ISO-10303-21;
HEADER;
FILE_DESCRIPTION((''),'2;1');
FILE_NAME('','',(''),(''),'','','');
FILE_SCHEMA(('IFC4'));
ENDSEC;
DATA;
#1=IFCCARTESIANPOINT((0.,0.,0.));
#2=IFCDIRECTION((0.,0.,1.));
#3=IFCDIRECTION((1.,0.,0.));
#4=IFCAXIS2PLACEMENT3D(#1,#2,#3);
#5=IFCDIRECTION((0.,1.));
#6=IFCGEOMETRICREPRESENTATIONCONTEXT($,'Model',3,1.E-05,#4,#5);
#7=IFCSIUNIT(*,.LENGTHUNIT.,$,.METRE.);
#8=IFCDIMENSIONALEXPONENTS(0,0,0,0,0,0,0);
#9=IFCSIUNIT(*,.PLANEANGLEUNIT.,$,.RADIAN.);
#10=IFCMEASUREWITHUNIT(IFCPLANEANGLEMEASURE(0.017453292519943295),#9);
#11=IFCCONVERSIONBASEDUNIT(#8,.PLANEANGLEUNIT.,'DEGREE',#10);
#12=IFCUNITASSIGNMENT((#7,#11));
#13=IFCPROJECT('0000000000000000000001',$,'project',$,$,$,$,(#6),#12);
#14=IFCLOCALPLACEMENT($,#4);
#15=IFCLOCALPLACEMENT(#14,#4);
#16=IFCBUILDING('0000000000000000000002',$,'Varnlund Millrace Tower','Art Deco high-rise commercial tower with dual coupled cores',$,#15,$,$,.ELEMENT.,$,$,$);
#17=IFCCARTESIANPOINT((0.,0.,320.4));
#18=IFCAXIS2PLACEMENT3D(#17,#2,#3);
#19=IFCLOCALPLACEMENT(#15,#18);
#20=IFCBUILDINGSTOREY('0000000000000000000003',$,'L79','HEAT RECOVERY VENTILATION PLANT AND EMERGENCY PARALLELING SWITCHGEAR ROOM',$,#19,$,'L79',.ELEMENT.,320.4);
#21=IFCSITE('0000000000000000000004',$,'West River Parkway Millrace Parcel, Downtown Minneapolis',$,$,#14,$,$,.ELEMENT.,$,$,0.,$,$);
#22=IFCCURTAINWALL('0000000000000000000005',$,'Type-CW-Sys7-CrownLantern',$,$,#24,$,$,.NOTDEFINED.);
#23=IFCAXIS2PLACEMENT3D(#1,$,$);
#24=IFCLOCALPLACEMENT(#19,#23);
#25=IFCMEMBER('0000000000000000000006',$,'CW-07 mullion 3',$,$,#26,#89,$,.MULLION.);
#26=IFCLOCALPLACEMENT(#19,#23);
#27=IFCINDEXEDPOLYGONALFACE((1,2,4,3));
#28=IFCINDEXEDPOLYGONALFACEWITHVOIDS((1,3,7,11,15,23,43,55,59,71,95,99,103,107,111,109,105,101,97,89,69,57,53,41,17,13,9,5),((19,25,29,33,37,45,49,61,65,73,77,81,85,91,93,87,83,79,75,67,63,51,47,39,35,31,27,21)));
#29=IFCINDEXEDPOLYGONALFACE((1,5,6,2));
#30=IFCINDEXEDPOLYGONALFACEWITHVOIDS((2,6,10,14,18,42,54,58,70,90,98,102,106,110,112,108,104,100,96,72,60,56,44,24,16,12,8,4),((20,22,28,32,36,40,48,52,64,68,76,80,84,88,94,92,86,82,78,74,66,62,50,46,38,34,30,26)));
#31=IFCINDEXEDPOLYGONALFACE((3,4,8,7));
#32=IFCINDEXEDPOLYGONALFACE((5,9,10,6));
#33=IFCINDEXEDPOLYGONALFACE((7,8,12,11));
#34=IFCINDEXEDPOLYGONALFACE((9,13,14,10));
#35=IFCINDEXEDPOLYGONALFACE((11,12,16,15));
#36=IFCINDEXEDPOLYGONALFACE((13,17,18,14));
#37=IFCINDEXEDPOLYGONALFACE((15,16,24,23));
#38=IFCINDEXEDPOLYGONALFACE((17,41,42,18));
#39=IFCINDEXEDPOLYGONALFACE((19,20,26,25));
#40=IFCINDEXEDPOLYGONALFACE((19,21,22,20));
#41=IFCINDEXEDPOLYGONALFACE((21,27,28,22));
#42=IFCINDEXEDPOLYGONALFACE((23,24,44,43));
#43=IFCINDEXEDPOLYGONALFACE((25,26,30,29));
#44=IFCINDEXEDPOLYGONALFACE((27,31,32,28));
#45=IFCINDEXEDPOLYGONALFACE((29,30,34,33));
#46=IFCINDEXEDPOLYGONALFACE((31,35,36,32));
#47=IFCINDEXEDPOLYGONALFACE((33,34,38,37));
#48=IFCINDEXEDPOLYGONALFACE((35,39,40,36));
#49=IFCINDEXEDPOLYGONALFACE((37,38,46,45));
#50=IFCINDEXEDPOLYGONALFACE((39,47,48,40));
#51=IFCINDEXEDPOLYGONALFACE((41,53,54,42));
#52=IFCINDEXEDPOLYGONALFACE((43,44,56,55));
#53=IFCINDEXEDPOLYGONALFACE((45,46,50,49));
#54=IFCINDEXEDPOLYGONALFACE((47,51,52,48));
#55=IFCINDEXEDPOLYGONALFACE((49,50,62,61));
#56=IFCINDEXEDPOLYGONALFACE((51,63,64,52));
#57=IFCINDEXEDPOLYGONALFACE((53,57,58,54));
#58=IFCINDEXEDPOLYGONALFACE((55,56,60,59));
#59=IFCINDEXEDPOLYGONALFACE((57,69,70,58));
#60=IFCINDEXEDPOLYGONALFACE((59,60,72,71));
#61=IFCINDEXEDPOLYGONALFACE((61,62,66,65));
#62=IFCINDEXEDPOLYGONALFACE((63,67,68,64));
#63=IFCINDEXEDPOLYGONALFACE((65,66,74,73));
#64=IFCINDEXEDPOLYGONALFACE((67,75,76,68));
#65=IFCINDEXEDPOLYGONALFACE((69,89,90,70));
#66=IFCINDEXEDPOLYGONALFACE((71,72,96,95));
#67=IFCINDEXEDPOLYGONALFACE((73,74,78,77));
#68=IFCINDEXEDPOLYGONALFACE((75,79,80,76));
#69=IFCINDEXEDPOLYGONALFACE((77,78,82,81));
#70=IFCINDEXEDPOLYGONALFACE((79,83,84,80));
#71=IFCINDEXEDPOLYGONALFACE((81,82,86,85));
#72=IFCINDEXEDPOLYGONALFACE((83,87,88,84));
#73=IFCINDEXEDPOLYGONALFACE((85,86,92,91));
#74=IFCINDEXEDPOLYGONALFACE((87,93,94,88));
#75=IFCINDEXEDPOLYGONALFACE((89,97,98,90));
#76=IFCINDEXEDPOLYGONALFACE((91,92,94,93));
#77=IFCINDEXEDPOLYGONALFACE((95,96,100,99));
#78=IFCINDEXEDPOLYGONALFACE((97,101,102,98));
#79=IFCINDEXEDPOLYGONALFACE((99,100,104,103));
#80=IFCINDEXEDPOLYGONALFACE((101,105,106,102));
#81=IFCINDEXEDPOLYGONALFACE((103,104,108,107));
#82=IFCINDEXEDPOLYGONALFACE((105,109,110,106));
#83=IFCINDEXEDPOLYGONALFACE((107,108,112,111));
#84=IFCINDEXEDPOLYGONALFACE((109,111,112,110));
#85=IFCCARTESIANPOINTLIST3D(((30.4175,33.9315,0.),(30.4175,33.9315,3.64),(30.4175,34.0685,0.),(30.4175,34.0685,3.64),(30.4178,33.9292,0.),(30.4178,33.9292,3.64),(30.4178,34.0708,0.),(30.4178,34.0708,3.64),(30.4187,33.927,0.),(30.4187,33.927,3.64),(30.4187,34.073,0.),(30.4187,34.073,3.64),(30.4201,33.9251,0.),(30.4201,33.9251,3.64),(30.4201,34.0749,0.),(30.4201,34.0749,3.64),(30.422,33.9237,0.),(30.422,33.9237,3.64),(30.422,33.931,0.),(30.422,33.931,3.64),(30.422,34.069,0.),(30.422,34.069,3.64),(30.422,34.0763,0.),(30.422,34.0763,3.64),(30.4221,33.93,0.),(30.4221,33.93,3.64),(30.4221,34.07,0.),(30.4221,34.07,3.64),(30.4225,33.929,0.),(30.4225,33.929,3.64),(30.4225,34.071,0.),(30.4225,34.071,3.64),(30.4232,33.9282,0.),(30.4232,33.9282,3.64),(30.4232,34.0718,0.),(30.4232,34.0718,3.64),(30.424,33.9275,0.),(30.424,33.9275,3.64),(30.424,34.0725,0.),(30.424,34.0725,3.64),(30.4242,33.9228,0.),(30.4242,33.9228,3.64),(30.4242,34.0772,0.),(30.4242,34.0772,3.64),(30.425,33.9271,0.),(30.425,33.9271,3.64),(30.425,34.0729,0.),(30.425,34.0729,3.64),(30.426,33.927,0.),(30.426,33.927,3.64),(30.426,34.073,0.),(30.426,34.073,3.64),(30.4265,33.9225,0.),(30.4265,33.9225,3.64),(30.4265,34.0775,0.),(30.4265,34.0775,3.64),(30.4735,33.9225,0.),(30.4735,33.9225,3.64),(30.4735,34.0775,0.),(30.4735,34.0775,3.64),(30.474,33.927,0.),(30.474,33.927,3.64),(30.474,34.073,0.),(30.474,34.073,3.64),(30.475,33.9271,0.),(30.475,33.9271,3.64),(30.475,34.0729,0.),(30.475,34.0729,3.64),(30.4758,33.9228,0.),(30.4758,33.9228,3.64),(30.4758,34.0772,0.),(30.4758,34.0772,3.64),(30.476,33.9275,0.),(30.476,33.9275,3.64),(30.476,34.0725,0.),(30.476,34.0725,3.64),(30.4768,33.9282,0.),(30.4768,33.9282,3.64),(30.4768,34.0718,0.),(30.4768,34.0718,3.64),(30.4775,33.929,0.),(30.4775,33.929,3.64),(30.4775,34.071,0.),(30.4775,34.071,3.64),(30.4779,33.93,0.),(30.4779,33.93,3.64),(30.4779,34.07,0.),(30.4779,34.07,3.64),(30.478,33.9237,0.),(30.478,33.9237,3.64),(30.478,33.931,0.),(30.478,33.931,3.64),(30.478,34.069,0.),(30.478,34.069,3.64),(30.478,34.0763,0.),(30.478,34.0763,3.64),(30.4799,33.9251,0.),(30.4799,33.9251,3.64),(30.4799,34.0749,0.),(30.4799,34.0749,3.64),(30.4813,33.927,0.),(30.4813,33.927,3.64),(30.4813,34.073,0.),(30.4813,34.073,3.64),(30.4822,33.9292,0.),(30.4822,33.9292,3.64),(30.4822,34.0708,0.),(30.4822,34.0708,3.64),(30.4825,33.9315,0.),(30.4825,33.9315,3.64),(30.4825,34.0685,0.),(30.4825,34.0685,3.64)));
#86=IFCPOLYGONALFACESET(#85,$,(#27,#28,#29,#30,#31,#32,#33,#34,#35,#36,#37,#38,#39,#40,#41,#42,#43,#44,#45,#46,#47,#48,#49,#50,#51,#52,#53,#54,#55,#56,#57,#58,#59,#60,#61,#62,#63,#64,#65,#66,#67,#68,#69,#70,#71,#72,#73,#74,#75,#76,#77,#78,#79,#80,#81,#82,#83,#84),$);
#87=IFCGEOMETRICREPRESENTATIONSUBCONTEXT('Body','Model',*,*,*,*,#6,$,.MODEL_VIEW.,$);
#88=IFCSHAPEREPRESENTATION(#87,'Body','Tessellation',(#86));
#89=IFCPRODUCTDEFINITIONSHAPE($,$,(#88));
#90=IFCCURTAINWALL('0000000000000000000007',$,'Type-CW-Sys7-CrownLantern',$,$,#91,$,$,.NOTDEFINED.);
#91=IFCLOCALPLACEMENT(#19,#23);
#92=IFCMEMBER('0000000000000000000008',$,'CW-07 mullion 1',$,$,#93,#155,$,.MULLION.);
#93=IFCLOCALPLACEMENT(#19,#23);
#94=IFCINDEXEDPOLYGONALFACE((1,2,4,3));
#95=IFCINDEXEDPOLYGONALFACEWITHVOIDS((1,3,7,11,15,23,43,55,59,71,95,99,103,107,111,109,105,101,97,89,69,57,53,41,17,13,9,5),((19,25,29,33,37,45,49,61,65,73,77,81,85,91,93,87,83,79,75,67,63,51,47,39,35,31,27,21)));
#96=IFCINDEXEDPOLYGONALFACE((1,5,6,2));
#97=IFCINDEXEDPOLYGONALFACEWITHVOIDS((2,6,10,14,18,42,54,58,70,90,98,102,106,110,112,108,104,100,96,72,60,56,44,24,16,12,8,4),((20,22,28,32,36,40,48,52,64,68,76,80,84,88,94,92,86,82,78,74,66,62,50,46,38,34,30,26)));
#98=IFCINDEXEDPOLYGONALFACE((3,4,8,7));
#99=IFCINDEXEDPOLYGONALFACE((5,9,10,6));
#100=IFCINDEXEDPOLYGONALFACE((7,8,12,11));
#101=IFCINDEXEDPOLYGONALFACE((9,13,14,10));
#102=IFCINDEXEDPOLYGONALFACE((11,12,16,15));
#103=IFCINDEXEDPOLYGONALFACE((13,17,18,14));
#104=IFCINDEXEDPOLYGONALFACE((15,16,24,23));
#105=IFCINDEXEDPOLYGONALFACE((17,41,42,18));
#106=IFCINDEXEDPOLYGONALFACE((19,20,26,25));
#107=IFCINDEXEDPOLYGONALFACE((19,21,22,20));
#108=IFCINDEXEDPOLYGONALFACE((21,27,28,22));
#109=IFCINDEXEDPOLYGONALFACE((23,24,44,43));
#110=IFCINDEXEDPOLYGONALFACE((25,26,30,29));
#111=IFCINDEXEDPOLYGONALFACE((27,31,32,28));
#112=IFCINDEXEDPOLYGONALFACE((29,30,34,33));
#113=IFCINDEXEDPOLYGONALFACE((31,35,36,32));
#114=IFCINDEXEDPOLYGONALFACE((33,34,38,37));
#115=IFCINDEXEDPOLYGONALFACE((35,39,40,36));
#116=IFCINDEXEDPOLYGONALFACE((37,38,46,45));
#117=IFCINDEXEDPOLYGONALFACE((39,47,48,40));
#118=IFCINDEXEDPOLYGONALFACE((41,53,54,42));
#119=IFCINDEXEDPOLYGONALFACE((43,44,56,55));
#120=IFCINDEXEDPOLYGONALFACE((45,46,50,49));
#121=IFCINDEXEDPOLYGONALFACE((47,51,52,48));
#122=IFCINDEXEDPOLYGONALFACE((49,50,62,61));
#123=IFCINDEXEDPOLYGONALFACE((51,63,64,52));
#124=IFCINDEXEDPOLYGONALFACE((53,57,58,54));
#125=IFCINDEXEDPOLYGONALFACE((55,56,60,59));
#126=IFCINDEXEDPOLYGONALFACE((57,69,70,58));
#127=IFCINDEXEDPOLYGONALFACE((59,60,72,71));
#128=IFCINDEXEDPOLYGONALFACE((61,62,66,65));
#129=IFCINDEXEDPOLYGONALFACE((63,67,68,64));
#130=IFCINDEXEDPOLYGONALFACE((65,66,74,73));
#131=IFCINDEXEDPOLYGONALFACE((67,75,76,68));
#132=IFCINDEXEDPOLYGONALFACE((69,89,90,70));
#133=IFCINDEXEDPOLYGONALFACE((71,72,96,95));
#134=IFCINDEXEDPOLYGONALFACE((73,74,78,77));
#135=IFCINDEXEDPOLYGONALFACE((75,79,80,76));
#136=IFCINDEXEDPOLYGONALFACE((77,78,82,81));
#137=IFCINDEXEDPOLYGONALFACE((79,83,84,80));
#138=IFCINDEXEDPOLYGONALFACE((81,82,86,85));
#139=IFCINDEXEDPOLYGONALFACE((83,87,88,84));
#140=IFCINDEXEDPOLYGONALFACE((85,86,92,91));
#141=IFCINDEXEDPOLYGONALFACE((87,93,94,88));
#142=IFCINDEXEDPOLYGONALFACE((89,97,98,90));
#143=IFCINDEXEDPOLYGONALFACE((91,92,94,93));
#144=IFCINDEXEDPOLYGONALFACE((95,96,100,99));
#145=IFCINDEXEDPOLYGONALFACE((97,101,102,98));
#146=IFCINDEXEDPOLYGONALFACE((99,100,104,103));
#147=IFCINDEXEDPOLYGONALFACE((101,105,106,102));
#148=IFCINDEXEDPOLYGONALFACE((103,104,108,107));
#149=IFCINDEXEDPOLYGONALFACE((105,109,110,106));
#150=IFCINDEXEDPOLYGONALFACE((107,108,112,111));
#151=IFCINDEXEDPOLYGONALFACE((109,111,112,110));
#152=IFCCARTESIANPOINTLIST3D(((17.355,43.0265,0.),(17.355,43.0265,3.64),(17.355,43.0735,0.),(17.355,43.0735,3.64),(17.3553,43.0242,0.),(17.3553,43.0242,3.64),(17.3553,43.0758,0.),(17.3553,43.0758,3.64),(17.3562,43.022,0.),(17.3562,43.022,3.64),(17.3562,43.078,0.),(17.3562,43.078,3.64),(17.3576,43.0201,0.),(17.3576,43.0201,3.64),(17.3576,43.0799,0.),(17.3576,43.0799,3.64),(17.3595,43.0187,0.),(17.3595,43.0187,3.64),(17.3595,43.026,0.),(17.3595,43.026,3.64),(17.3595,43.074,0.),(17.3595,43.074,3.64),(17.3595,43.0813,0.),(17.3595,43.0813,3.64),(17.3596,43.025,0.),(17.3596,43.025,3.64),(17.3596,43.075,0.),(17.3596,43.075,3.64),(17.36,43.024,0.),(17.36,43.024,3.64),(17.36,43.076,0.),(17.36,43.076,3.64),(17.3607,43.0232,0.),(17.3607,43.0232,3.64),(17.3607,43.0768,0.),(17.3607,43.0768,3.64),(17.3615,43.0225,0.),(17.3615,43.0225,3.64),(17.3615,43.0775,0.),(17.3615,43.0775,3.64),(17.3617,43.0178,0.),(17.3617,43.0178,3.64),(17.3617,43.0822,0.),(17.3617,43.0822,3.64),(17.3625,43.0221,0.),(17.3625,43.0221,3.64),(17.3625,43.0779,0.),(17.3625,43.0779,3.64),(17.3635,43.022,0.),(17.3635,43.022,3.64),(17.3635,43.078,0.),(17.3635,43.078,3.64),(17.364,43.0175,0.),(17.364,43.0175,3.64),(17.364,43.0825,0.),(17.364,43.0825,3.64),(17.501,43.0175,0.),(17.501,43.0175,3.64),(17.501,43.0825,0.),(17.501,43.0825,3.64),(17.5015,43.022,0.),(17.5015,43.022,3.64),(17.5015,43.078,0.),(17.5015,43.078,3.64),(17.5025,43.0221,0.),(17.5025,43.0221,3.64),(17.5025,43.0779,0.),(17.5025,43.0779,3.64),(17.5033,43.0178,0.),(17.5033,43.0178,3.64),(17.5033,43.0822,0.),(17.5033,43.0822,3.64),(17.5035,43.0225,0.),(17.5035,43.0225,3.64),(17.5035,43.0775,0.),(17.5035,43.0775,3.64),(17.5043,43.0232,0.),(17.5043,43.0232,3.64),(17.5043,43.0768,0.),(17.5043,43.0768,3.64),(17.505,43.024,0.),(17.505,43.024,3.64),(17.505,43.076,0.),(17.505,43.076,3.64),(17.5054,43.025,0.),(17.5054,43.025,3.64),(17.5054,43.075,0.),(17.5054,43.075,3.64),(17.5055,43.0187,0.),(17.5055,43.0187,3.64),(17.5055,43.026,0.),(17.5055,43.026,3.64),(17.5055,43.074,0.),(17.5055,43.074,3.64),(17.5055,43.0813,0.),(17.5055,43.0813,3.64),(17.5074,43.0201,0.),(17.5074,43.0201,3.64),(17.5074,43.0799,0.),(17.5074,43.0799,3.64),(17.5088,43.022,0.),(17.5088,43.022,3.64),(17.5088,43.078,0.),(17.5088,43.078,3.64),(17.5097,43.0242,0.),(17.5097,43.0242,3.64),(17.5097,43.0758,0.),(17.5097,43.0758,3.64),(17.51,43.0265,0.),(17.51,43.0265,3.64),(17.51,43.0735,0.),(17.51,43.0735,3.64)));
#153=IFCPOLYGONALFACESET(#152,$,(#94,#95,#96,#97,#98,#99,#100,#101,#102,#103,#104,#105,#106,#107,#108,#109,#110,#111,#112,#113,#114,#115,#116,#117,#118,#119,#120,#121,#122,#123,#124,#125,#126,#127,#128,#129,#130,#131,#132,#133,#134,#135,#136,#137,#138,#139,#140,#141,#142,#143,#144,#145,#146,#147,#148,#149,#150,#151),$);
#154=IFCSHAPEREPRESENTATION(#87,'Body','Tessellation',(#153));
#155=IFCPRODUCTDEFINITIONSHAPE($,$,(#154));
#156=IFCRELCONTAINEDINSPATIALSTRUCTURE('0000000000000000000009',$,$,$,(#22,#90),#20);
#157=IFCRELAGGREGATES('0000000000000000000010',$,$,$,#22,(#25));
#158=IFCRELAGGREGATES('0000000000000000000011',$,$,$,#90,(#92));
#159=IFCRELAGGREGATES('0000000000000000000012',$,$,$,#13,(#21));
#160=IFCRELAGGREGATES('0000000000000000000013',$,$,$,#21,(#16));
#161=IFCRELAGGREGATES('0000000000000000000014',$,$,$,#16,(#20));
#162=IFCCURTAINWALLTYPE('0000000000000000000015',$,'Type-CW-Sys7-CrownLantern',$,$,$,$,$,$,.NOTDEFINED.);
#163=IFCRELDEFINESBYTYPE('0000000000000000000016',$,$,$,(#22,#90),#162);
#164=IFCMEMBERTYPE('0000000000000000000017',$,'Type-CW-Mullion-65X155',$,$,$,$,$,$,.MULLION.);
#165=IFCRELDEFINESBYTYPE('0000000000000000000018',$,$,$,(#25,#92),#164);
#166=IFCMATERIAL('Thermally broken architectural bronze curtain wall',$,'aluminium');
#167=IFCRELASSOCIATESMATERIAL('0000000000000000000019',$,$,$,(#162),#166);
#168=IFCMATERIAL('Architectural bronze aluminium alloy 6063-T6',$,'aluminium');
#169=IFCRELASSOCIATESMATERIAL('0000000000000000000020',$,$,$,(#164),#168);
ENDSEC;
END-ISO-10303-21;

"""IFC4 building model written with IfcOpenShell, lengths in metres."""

from ifc_helpers import new_model, entity, si_unit, converted_unit, direction, frame, origin_with_axes, origin_2d_with_axis, place, context, subcontext, project, spatial, hollow_rectangle, extrude, material, material_profile, profile_set, type_object, element, aggregate, save


model = new_model("IFC4")

# Units and contexts
model_context = context("Model", 3, precision=1e-05, world=origin_with_axes(), true_north=direction((0.0, 1.0)))
body_context = subcontext(model_context, "Body", "Model", "MODEL_VIEW")
ifc_project = project(units=[si_unit("LENGTHUNIT", "METRE"), converted_unit("PLANEANGLEUNIT", "DEGREE", entity("IfcPlaneAngleMeasure", 0.017453292519943295), si_unit("PLANEANGLEUNIT", "RADIAN"), dimensions=[0, 0, 0, 0, 0, 0, 0])], contexts=[model_context])

# Site, building, storey
site_placement = place(None, origin_with_axes())
site = spatial("IfcSite", under=ifc_project, at=site_placement, Name="West River Parkway Millrace Parcel, Downtown Minneapolis", CompositionType="ELEMENT", RefElevation=0.0)
building_placement = place(site_placement, origin_with_axes())
building = spatial("IfcBuilding", under=site, at=building_placement, Name="Varnlund Millrace Tower", Description="Art Deco high-rise commercial tower with dual coupled cores", CompositionType="ELEMENT")
storey_placement = place(building_placement, frame((0.0, 0.0, 320.4), z_axis=(0.0, 0.0, 1.0), x_axis=(1.0, 0.0, 0.0)))
storey = spatial("IfcBuildingStorey", under=building, at=storey_placement, Name="L79", Description="HEAT RECOVERY VENTILATION PLANT AND EMERGENCY PARALLELING SWITCHGEAR ROOM", LongName="L79", CompositionType="ELEMENT", Elevation=320.4)

# Curtain walls, members
ifc_material_1 = material(Name="Thermally broken architectural bronze curtain wall", Category="aluminium")
curtain_wall_type = type_object("IfcCurtainWallType", Name="Type-CW-Sys7-CrownLantern", PredefinedType="NOTDEFINED", material=ifc_material_1)
curtain_wall_1_placement = place(storey_placement, frame((30.45, 37.0, 0.0), z_axis=(0.0, 0.0, 1.0), x_axis=(1.0, 0.0, 0.0)))
curtain_wall_1 = element("IfcCurtainWall", 1, at=curtain_wall_1_placement, inside=storey, type_object=curtain_wall_type, Name="Type-CW-Sys7-CrownLantern", PredefinedType="NOTDEFINED")
ifc_material_2 = material(Name="Architectural bronze aluminium alloy 6063-T6", Category="aluminium")
ifc_material_profile_1 = material_profile(ifc_material_2, hollow_rectangle(XDim=0.065, YDim=0.155, WallThickness=0.0045, InnerFilletRadius=0.004, OuterFilletRadius=0.009, at=origin_2d_with_axis()), Name="Architectural bronze aluminium alloy 6063-T6")
ifc_profile_set_1 = profile_set([ifc_material_profile_1], Name="Architectural bronze aluminium alloy 6063-T6")
member_type = type_object("IfcMemberType", Name="Type-CW-Mullion-65X155", PredefinedType="MULLION", material=ifc_profile_set_1)
member_1_placement = place(storey_placement, frame((30.45, 34.0, 0.0), z_axis=(0.0, 0.0, 1.0), x_axis=(1.0, 0.0, 0.0)))
member_1 = element("IfcMember", 2, at=member_1_placement, type_object=member_type, Name="CW-07 mullion 3", PredefinedType="MULLION", context=body_context, shape_type="SweptSolid", body=[
    extrude(hollow_rectangle(XDim=0.065, YDim=0.155, WallThickness=0.0045, InnerFilletRadius=0.004, OuterFilletRadius=0.009, at=origin_2d_with_axis()), origin_with_axes(), (0.0, 0.0, 1.0), 3.64),
])
aggregate(curtain_wall_1, [member_1])
curtain_wall_2_placement = place(storey_placement, frame((17.4, 43.05, 0.0), z_axis=(0.0, 0.0, 1.0), x_axis=(1.0, 0.0, 0.0)))
curtain_wall_2 = element("IfcCurtainWall", 3, at=curtain_wall_2_placement, inside=storey, type_object=curtain_wall_type, Name="Type-CW-Sys7-CrownLantern", PredefinedType="NOTDEFINED")
member_2_placement = place(storey_placement, frame((17.4325, 43.05, 0.0), z_axis=(0.0, 0.0, 1.0), x_axis=(0.0, 1.0, 0.0)))
member_2 = element("IfcMember", 4, at=member_2_placement, type_object=member_type, Name="CW-07 mullion 1", PredefinedType="MULLION", context=body_context, shape_type="SweptSolid", body=[
    extrude(hollow_rectangle(XDim=0.065, YDim=0.155, WallThickness=0.0045, InnerFilletRadius=0.004, OuterFilletRadius=0.009, at=origin_2d_with_axis()), origin_with_axes(), (0.0, 0.0, 1.0), 3.64),
])
aggregate(curtain_wall_2, [member_2])

save(model, "model.ifc")
